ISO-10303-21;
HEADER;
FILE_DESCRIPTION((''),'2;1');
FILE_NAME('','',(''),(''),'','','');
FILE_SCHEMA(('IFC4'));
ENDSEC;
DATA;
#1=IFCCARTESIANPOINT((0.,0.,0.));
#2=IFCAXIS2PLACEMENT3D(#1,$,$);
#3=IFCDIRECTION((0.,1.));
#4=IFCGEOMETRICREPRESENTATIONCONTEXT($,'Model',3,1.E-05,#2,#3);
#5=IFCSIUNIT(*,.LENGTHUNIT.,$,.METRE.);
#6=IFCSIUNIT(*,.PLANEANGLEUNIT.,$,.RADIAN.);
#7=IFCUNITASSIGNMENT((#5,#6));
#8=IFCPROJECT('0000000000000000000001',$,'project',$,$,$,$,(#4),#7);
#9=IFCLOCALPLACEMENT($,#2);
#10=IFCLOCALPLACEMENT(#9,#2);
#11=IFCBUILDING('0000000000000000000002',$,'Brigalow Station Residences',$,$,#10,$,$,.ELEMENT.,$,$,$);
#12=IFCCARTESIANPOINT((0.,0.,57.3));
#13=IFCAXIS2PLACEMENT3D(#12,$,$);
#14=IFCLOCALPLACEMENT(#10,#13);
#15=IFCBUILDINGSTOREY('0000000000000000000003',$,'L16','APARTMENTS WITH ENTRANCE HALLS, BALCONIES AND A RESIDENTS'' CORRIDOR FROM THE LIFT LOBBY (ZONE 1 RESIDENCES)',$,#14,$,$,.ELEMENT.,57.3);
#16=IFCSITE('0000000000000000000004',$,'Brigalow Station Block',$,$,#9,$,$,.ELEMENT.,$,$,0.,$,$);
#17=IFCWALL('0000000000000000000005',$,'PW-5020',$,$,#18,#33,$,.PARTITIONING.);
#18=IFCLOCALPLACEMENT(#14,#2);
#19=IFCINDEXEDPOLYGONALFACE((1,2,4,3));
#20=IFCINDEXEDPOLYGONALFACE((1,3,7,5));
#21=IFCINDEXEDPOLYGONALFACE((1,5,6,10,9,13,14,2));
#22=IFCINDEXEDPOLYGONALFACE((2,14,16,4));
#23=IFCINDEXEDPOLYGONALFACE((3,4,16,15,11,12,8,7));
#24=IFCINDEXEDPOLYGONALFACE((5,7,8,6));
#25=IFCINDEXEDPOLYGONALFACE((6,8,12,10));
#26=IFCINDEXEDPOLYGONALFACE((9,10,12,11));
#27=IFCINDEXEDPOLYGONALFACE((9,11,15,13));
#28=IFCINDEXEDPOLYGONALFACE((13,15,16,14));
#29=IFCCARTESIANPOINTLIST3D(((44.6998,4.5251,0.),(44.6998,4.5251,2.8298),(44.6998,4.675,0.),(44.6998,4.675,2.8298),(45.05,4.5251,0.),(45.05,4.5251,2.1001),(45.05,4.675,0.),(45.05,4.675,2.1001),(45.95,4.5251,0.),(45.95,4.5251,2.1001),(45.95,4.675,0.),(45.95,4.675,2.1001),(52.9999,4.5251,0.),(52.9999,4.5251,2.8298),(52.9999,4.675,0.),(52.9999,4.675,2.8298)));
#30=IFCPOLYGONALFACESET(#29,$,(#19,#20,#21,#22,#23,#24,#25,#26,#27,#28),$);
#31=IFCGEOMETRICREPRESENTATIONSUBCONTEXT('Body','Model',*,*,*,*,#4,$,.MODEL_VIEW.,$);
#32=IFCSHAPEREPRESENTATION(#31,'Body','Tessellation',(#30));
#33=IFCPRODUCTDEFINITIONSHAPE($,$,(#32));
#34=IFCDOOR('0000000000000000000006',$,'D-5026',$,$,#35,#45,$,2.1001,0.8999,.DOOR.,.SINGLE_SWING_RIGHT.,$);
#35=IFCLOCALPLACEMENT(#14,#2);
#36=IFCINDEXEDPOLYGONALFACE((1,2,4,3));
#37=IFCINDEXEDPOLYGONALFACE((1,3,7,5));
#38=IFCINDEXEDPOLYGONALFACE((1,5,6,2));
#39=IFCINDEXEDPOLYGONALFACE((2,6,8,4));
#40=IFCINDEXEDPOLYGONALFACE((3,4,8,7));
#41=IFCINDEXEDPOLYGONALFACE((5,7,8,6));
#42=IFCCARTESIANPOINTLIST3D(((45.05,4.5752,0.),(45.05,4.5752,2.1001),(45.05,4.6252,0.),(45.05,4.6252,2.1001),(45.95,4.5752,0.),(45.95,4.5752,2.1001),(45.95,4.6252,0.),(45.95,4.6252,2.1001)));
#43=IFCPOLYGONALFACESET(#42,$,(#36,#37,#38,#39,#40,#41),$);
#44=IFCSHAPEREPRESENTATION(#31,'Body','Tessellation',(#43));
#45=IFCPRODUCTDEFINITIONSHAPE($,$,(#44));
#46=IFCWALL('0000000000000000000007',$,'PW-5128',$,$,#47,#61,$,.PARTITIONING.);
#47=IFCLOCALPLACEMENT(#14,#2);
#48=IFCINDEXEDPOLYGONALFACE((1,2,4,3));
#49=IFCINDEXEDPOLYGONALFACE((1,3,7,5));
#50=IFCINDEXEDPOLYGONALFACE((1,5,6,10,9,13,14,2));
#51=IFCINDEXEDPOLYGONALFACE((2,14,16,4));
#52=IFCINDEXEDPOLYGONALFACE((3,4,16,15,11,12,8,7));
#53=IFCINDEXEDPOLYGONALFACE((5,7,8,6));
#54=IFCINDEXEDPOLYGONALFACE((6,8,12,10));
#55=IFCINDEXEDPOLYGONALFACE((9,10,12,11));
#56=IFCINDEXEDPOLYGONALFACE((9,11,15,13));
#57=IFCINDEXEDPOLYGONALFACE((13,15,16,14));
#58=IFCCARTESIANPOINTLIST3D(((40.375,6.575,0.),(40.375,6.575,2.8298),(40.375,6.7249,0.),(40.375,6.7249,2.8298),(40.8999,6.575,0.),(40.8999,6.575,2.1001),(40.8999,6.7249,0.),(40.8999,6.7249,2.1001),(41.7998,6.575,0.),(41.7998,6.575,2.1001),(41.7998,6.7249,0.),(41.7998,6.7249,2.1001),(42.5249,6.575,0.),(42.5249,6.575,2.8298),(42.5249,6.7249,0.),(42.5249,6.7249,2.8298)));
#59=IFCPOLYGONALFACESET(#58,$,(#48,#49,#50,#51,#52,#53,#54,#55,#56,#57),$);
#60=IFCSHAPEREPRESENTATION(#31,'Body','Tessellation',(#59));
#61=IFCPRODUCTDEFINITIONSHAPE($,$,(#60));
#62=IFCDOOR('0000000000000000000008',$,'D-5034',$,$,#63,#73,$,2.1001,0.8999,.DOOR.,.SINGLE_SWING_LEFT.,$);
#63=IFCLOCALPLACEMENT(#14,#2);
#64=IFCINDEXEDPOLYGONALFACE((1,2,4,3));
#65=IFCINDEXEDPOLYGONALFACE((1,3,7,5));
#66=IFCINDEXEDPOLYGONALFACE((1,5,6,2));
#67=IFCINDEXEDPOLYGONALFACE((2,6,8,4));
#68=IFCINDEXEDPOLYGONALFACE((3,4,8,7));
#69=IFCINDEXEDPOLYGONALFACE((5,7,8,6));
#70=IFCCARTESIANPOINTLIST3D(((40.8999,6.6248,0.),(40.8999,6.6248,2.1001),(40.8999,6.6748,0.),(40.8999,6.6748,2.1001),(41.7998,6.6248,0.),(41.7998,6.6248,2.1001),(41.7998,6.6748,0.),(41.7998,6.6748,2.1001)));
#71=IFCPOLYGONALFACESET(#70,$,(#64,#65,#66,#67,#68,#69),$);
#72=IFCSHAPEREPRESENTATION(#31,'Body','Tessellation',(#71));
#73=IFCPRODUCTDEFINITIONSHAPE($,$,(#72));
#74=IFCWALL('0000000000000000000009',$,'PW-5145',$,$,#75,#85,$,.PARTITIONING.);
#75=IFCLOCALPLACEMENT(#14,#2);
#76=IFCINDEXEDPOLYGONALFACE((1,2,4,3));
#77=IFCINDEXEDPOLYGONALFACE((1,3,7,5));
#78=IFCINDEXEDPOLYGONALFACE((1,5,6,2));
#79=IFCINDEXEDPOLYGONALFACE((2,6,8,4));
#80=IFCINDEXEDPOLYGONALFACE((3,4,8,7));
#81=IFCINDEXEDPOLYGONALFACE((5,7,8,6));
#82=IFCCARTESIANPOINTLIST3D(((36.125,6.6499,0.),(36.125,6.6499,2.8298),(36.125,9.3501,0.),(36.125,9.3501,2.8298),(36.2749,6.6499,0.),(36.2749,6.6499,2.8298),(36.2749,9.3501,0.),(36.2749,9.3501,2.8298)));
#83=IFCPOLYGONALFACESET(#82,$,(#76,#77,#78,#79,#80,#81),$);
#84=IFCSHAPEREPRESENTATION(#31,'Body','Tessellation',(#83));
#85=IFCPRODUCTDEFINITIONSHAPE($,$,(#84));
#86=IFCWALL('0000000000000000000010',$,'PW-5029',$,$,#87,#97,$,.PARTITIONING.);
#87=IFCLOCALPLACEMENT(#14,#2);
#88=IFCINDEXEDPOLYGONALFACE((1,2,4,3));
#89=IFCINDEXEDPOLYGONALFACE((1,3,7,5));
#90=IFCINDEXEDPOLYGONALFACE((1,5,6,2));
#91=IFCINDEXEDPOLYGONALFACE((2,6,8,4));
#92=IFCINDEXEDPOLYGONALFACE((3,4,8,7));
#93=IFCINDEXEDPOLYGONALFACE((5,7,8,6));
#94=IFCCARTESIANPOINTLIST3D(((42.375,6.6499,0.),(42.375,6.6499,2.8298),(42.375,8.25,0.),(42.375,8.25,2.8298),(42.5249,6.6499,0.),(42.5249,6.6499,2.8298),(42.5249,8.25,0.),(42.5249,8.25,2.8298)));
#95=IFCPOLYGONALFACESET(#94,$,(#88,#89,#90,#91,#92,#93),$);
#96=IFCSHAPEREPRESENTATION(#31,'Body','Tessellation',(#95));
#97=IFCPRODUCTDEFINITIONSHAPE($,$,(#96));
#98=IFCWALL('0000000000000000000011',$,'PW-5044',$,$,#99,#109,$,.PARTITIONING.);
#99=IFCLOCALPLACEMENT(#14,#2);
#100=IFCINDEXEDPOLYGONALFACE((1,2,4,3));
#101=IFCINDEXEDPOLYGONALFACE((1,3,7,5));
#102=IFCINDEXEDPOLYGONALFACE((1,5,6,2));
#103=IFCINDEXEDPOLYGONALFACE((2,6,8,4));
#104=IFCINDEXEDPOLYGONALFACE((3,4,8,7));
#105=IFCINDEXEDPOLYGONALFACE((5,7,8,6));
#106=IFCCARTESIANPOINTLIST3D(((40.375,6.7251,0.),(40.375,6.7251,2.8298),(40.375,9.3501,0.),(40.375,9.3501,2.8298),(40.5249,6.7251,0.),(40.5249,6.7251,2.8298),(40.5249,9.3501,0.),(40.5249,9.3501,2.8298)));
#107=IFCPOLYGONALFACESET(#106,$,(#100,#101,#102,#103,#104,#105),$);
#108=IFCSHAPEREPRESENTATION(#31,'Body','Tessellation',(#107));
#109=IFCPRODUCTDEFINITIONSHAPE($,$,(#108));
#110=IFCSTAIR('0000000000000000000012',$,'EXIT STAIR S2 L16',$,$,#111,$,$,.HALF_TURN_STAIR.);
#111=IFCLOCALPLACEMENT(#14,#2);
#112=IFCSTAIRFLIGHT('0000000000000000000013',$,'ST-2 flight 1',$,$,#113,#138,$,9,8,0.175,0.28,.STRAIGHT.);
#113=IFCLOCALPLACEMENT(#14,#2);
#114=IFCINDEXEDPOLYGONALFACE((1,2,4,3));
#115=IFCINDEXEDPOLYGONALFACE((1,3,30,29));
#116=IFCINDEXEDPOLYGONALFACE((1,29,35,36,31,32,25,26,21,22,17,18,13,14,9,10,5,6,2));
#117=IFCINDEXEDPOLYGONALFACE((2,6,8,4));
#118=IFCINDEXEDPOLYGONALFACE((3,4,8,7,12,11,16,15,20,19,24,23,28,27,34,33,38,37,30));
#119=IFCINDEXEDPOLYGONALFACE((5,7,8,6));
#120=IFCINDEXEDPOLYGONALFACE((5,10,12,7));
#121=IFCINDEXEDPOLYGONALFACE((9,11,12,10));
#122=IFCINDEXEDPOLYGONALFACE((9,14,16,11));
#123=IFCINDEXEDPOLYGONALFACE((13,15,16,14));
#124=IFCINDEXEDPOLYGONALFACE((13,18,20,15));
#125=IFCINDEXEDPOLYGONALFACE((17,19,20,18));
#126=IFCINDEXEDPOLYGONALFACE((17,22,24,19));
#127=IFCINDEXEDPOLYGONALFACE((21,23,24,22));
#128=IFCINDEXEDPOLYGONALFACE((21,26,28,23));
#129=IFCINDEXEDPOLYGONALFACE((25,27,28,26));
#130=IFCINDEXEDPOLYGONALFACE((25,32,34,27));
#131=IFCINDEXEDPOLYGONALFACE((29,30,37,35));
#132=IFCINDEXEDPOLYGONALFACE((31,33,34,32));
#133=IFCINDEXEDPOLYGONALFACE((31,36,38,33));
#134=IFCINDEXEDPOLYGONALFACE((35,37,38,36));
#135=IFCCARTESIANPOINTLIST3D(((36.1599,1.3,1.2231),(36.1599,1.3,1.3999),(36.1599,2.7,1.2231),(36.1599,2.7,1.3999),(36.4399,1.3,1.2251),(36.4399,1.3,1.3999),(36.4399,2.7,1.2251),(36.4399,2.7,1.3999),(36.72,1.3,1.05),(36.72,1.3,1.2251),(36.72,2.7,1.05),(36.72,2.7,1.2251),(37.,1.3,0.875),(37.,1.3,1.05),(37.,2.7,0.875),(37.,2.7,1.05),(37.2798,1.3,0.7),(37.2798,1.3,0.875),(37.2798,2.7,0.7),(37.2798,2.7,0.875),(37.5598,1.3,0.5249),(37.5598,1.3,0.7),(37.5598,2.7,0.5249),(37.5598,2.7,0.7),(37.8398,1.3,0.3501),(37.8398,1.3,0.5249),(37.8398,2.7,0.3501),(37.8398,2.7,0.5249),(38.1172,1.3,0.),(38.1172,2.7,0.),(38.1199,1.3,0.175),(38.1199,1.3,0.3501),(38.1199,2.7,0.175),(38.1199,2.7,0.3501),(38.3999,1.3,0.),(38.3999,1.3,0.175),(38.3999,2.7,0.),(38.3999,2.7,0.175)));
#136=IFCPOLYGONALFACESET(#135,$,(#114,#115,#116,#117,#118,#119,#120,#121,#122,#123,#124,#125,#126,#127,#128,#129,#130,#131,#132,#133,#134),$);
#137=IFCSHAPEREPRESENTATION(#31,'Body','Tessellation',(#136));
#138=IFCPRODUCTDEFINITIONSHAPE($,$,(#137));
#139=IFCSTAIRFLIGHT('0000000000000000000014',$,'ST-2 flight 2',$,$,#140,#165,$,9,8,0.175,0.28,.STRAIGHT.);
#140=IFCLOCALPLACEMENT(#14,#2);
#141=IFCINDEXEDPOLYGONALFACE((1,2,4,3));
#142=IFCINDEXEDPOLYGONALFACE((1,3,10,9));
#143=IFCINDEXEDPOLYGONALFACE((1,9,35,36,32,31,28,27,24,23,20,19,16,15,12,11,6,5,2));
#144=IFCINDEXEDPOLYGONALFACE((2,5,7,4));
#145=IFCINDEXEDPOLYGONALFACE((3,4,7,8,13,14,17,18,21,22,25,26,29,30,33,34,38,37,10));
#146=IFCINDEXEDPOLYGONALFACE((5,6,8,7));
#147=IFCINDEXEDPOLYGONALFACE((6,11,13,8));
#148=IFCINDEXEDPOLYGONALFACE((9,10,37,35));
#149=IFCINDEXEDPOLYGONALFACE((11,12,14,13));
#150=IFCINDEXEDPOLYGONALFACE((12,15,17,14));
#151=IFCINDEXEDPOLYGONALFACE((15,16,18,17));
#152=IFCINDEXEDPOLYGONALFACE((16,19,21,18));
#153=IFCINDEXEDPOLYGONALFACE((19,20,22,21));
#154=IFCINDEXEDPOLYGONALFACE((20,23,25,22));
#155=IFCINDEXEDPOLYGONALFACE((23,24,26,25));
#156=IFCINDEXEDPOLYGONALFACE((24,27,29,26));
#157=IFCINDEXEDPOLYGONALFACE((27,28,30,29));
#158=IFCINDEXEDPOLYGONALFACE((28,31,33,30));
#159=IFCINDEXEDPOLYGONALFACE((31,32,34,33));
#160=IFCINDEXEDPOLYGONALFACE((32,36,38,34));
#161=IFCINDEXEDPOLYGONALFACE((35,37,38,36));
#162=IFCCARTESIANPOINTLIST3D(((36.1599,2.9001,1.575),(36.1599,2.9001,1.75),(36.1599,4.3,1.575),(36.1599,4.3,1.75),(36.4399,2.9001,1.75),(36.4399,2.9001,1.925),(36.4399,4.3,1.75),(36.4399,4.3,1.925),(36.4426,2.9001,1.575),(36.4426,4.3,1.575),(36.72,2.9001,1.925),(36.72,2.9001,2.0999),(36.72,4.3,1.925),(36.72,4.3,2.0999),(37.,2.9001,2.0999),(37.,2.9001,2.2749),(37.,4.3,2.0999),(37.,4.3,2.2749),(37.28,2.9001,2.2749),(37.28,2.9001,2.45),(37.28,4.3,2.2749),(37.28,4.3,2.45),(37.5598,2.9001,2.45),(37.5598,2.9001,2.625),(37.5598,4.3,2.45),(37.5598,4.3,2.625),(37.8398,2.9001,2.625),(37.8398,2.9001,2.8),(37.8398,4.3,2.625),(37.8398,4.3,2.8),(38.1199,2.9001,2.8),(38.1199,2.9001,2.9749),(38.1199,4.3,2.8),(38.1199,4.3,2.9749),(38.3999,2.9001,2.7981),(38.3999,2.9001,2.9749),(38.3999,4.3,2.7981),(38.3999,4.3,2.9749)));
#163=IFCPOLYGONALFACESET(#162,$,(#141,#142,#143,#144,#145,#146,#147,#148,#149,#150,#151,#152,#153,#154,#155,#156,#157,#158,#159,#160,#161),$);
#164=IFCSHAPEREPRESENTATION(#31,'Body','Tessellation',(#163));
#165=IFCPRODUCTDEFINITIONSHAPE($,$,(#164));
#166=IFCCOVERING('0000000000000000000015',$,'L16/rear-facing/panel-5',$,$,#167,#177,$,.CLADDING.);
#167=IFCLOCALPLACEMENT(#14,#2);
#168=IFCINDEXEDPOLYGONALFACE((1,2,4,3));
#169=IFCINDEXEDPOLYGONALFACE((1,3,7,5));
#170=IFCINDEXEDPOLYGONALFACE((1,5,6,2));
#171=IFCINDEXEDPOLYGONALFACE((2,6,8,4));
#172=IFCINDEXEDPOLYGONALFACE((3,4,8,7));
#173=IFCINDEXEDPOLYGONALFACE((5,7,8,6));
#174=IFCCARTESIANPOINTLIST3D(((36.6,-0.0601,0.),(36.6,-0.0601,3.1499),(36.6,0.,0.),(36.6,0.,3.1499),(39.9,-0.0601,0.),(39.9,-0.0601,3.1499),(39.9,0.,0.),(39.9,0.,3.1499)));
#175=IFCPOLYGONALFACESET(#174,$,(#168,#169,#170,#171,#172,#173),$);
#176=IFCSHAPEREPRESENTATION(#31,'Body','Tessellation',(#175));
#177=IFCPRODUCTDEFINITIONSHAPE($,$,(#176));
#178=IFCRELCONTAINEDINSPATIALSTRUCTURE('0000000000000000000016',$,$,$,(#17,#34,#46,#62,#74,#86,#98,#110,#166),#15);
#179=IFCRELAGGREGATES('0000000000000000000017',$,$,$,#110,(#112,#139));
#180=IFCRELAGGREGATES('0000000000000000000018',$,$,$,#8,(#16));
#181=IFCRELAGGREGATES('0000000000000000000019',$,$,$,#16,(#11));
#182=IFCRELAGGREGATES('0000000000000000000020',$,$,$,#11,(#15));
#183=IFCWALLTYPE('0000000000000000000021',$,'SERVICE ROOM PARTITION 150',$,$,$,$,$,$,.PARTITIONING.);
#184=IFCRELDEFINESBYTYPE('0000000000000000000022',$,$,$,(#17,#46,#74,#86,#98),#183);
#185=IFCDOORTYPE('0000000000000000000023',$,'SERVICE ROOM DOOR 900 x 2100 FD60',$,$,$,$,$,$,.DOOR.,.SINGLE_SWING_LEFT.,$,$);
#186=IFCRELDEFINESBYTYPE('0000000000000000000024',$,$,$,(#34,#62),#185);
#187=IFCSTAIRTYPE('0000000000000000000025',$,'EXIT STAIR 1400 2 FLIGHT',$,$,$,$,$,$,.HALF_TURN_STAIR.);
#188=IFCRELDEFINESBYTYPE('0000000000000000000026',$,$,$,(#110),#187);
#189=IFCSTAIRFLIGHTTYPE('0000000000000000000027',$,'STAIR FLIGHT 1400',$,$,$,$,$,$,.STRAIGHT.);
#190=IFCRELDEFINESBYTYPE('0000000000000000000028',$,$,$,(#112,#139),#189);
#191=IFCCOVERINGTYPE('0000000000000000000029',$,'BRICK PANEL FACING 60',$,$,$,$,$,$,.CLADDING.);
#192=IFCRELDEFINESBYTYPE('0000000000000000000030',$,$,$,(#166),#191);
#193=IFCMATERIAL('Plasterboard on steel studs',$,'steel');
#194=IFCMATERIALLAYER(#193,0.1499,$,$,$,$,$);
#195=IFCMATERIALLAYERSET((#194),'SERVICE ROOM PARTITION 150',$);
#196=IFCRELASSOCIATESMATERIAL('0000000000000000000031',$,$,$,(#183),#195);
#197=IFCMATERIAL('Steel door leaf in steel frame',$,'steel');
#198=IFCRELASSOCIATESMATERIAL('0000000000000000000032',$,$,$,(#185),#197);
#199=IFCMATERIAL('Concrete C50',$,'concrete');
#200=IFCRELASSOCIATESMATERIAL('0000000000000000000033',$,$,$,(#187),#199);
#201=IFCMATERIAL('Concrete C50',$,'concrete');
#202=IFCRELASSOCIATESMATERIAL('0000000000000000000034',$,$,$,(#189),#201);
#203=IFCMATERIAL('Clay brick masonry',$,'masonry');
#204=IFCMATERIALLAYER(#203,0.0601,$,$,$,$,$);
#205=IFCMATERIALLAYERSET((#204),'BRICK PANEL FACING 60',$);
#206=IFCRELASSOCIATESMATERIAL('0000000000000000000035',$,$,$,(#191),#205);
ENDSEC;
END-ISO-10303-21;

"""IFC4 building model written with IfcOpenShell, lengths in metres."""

from ifc_helpers import new_model, si_unit, direction, frame, frame_2d, origin, origin_2d, place, context, subcontext, project, spatial, polyline, rectangle, outline, extrude, material, layer, layer_set, type_object, element, fill, aggregate, save


model = new_model("IFC4")

# Units and contexts
model_context = context("Model", 3, precision=1e-05, world=origin(), true_north=direction((0.0, 1.0)))
body_context = subcontext(model_context, "Body", "Model", "MODEL_VIEW")
ifc_project = project(units=[si_unit("LENGTHUNIT", "METRE"), si_unit("PLANEANGLEUNIT", "RADIAN")], contexts=[model_context])

# Site, building, storey
site_placement = place(None, origin())
site = spatial("IfcSite", under=ifc_project, at=site_placement, Name="Brigalow Station Block", CompositionType="ELEMENT", RefElevation=0.0)
building_placement = place(site_placement, origin())
building = spatial("IfcBuilding", under=site, at=building_placement, Name="Brigalow Station Residences", CompositionType="ELEMENT")
storey_placement = place(building_placement, frame((0.0, 0.0, 57.3)))
storey = spatial("IfcBuildingStorey", under=building, at=storey_placement, Name="L16", Description="APARTMENTS WITH ENTRANCE HALLS, BALCONIES AND A RESIDENTS' CORRIDOR FROM THE LIFT LOBBY (ZONE 1 RESIDENCES)", CompositionType="ELEMENT", Elevation=57.3)

# Walls, openings, doors
ifc_material_1 = material(Name="Plasterboard on steel studs", Category="steel")
ifc_layer_1 = layer(ifc_material_1, 0.1499)
ifc_layer_set_1 = layer_set([ifc_layer_1], Name="SERVICE ROOM PARTITION 150")
wall_type_1 = type_object("IfcWallType", Name="SERVICE ROOM PARTITION 150", PredefinedType="PARTITIONING", material=ifc_layer_set_1)
wall_1_placement = place(storey_placement, frame((44.7, 4.6001, 0.0), z_axis=(0.0, 0.0, 1.0), x_axis=(1.0, 0.0, 0.0)))
wall_1 = element("IfcWall", 1, at=wall_1_placement, inside=storey, type_object=wall_type_1, Name="PW-5020", PredefinedType="PARTITIONING", context=body_context, shape_type="SweptSolid", body=[
    extrude(rectangle(XDim=8.3, YDim=0.1499, at=frame_2d((4.1499, 0.0))), origin(), (0.0, 0.0, 1.0), 2.8298),
])
opening_1_placement = place(wall_1_placement, frame((0.3501, 0.0, 0.0)))
opening_1 = element("IfcOpeningElement", 2, at=opening_1_placement, cuts=wall_1, PredefinedType="OPENING", context=body_context, shape_type="SweptSolid", body=[
    extrude(rectangle(XDim=0.8999, YDim=2.1001, at=frame_2d((0.45, 1.05))), frame((0.0, 0.085, 0.0), z_axis=(0.0, -1.0, 0.0), x_axis=(1.0, 0.0, 0.0)), (0.0, 0.0, 1.0), 0.1699),
])
ifc_material_2 = material(Name="Steel door leaf in steel frame", Category="steel")
door_type_1 = type_object("IfcDoorType", Name="SERVICE ROOM DOOR 900 x 2100 FD60", OperationType="SINGLE_SWING_LEFT", PredefinedType="DOOR", material=ifc_material_2)
door_1_placement = place(opening_1_placement, frame((0.8999, 0.0, 0.0), z_axis=(0.0, 0.0, 1.0), x_axis=(-1.0, 0.0, 0.0)))
door_1 = element("IfcDoor", 3, at=door_1_placement, inside=storey, type_object=door_type_1, Name="D-5026", OperationType="SINGLE_SWING_RIGHT", OverallHeight=2.1001, OverallWidth=0.8999, PredefinedType="DOOR", context=body_context, shape_type="SweptSolid", body=[
    extrude(rectangle(XDim=0.8999, YDim=2.1001, at=frame_2d((0.45, 1.05))), frame((0.0, 0.0249, 0.0), z_axis=(0.0, -1.0, 0.0), x_axis=(1.0, 0.0, 0.0)), (0.0, 0.0, 1.0), 0.05),
])
fill(opening_1, door_1)
wall_2_placement = place(storey_placement, frame((40.375, 6.6499, 0.0), z_axis=(0.0, 0.0, 1.0), x_axis=(1.0, 0.0, 0.0)))
wall_2 = element("IfcWall", 4, at=wall_2_placement, inside=storey, type_object=wall_type_1, Name="PW-5128", PredefinedType="PARTITIONING", context=body_context, shape_type="SweptSolid", body=[
    extrude(rectangle(XDim=2.1499, YDim=0.1499, at=frame_2d((1.075, 0.0))), origin(), (0.0, 0.0, 1.0), 2.8298),
])
opening_2_placement = place(wall_2_placement, frame((0.5249, 0.0, 0.0)))
opening_2 = element("IfcOpeningElement", 5, at=opening_2_placement, cuts=wall_2, PredefinedType="OPENING", context=body_context, shape_type="SweptSolid", body=[
    extrude(rectangle(XDim=0.8999, YDim=2.1001, at=frame_2d((0.45, 1.05))), frame((0.0, 0.085, 0.0), z_axis=(0.0, -1.0, 0.0), x_axis=(1.0, 0.0, 0.0)), (0.0, 0.0, 1.0), 0.1699),
])
door_2_placement = place(opening_2_placement, origin())
door_2 = element("IfcDoor", 6, at=door_2_placement, inside=storey, type_object=door_type_1, Name="D-5034", OperationType="SINGLE_SWING_LEFT", OverallHeight=2.1001, OverallWidth=0.8999, PredefinedType="DOOR", context=body_context, shape_type="SweptSolid", body=[
    extrude(rectangle(XDim=0.8999, YDim=2.1001, at=frame_2d((0.45, 1.05))), frame((0.0, 0.0249, 0.0), z_axis=(0.0, -1.0, 0.0), x_axis=(1.0, 0.0, 0.0)), (0.0, 0.0, 1.0), 0.05),
])
fill(opening_2, door_2)

# Walls
wall_3_placement = place(storey_placement, frame((36.2, 6.6499, 0.0), z_axis=(0.0, 0.0, 1.0), x_axis=(0.0, 1.0, 0.0)))
element("IfcWall", 7, at=wall_3_placement, inside=storey, type_object=wall_type_1, Name="PW-5145", PredefinedType="PARTITIONING", context=body_context, shape_type="SweptSolid", body=[
    extrude(rectangle(XDim=2.7002, YDim=0.1499, at=frame_2d((1.3501, 0.0))), origin(), (0.0, 0.0, 1.0), 2.8298),
])
wall_4_placement = place(storey_placement, frame((42.45, 6.6499, 0.0), z_axis=(0.0, 0.0, 1.0), x_axis=(0.0, 1.0, 0.0)))
element("IfcWall", 8, at=wall_4_placement, inside=storey, type_object=wall_type_1, Name="PW-5029", PredefinedType="PARTITIONING", context=body_context, shape_type="SweptSolid", body=[
    extrude(rectangle(XDim=1.6001, YDim=0.1499, at=frame_2d((0.8, 0.0))), origin(), (0.0, 0.0, 1.0), 2.8298),
])
wall_5_placement = place(storey_placement, frame((40.45, 6.7251, 0.0), z_axis=(0.0, 0.0, 1.0), x_axis=(0.0, 1.0, 0.0)))
element("IfcWall", 9, at=wall_5_placement, inside=storey, type_object=wall_type_1, Name="PW-5044", PredefinedType="PARTITIONING", context=body_context, shape_type="SweptSolid", body=[
    extrude(rectangle(XDim=2.625, YDim=0.1499, at=frame_2d((1.3125, 0.0))), origin(), (0.0, 0.0, 1.0), 2.8298),
])

# Stair, stair flights
ifc_material_3 = material(Name="Concrete C50", Category="concrete")
stair_type = type_object("IfcStairType", Name="EXIT STAIR 1400 2 FLIGHT", PredefinedType="HALF_TURN_STAIR", material=ifc_material_3)
stair_placement = place(storey_placement, origin())
stair = element("IfcStair", 10, at=stair_placement, inside=storey, type_object=stair_type, Name="EXIT STAIR S2 L16", PredefinedType="HALF_TURN_STAIR")
ifc_material_4 = material(Name="Concrete C50", Category="concrete")
stair_flight_type = type_object("IfcStairFlightType", Name="STAIR FLIGHT 1400", PredefinedType="STRAIGHT", material=ifc_material_4)
stair_flight_1_placement = place(storey_placement, frame((38.3999, 2.0, 0.0), z_axis=(0.0, 0.0, 1.0), x_axis=(-1.0, 0.0, 0.0)))
stair_flight_1 = element("IfcStairFlight", 11, at=stair_flight_1_placement, type_object=stair_flight_type, Name="ST-2 flight 1", NumberOfRisers=9, NumberOfTreads=8, PredefinedType="STRAIGHT", RiserHeight=0.175, TreadLength=0.28, context=body_context, shape_type="SweptSolid", body=[
    extrude(outline(polyline([(0.0, 0.0), (0.0, 0.175), (0.28, 0.175), (0.28, 0.3501), (0.5601, 0.3501), (0.5601, 0.5249), (0.8401, 0.5249), (0.8401, 0.7), (1.1201, 0.7), (1.1201, 0.875), (1.3999, 0.875), (1.3999, 1.05), (1.6799, 1.05), (1.6799, 1.2251), (1.96, 1.2251), (1.96, 1.3999), (2.24, 1.3999), (2.24, 1.575), (2.24, 1.2231), (0.2827, 0.0), (0.0, 0.0)])), frame((0.0, 0.7, 0.0), z_axis=(0.0, -1.0, 0.0), x_axis=(1.0, 0.0, 0.0)), (0.0, 0.0, 1.0), 1.3999),
])
stair_flight_2_placement = place(storey_placement, frame((36.1599, 3.6001, 1.575), z_axis=(0.0, 0.0, 1.0), x_axis=(1.0, 0.0, 0.0)))
stair_flight_2 = element("IfcStairFlight", 12, at=stair_flight_2_placement, type_object=stair_flight_type, Name="ST-2 flight 2", NumberOfRisers=9, NumberOfTreads=8, PredefinedType="STRAIGHT", RiserHeight=0.175, TreadLength=0.28, context=body_context, shape_type="SweptSolid", body=[
    extrude(outline(polyline([(0.0, 0.0), (0.0, 0.175), (0.28, 0.175), (0.28, 0.3501), (0.5601, 0.3501), (0.5601, 0.5249), (0.8401, 0.5249), (0.8401, 0.7), (1.1201, 0.7), (1.1201, 0.875), (1.3999, 0.875), (1.3999, 1.05), (1.6799, 1.05), (1.6799, 1.2251), (1.96, 1.2251), (1.96, 1.3999), (2.24, 1.3999), (2.24, 1.575), (2.24, 1.2231), (0.2827, 0.0), (0.0, 0.0)])), frame((0.0, 0.7, 0.0), z_axis=(0.0, -1.0, 0.0), x_axis=(1.0, 0.0, 0.0)), (0.0, 0.0, 1.0), 1.3999),
])
aggregate(stair, [stair_flight_1, stair_flight_2])

# Covering
ifc_material_5 = material(Name="Clay brick masonry", Category="masonry")
ifc_layer_2 = layer(ifc_material_5, 0.0601)
ifc_layer_set_2 = layer_set([ifc_layer_2], Name="BRICK PANEL FACING 60")
covering_type_1 = type_object("IfcCoveringType", Name="BRICK PANEL FACING 60", PredefinedType="CLADDING", material=ifc_layer_set_2)
for number, where, z_axis, x_axis, name in (
    (13, (38.25, -0.03, 0.0), (0.0, 0.0, 1.0), (1.0, 0.0, 0.0), "L16/rear-facing/panel-5"),
):
    element("IfcCovering", number, at=place(storey_placement, frame(where, z_axis=z_axis, x_axis=x_axis)), inside=storey, type_object=covering_type_1, Name=name, PredefinedType="CLADDING", context=body_context, shape_type="SweptSolid", body=[
        extrude(rectangle(XDim=3.3, YDim=0.0601, at=origin_2d()), origin(), (0.0, 0.0, 1.0), 3.1499),
    ])

save(model, "model.ifc")
